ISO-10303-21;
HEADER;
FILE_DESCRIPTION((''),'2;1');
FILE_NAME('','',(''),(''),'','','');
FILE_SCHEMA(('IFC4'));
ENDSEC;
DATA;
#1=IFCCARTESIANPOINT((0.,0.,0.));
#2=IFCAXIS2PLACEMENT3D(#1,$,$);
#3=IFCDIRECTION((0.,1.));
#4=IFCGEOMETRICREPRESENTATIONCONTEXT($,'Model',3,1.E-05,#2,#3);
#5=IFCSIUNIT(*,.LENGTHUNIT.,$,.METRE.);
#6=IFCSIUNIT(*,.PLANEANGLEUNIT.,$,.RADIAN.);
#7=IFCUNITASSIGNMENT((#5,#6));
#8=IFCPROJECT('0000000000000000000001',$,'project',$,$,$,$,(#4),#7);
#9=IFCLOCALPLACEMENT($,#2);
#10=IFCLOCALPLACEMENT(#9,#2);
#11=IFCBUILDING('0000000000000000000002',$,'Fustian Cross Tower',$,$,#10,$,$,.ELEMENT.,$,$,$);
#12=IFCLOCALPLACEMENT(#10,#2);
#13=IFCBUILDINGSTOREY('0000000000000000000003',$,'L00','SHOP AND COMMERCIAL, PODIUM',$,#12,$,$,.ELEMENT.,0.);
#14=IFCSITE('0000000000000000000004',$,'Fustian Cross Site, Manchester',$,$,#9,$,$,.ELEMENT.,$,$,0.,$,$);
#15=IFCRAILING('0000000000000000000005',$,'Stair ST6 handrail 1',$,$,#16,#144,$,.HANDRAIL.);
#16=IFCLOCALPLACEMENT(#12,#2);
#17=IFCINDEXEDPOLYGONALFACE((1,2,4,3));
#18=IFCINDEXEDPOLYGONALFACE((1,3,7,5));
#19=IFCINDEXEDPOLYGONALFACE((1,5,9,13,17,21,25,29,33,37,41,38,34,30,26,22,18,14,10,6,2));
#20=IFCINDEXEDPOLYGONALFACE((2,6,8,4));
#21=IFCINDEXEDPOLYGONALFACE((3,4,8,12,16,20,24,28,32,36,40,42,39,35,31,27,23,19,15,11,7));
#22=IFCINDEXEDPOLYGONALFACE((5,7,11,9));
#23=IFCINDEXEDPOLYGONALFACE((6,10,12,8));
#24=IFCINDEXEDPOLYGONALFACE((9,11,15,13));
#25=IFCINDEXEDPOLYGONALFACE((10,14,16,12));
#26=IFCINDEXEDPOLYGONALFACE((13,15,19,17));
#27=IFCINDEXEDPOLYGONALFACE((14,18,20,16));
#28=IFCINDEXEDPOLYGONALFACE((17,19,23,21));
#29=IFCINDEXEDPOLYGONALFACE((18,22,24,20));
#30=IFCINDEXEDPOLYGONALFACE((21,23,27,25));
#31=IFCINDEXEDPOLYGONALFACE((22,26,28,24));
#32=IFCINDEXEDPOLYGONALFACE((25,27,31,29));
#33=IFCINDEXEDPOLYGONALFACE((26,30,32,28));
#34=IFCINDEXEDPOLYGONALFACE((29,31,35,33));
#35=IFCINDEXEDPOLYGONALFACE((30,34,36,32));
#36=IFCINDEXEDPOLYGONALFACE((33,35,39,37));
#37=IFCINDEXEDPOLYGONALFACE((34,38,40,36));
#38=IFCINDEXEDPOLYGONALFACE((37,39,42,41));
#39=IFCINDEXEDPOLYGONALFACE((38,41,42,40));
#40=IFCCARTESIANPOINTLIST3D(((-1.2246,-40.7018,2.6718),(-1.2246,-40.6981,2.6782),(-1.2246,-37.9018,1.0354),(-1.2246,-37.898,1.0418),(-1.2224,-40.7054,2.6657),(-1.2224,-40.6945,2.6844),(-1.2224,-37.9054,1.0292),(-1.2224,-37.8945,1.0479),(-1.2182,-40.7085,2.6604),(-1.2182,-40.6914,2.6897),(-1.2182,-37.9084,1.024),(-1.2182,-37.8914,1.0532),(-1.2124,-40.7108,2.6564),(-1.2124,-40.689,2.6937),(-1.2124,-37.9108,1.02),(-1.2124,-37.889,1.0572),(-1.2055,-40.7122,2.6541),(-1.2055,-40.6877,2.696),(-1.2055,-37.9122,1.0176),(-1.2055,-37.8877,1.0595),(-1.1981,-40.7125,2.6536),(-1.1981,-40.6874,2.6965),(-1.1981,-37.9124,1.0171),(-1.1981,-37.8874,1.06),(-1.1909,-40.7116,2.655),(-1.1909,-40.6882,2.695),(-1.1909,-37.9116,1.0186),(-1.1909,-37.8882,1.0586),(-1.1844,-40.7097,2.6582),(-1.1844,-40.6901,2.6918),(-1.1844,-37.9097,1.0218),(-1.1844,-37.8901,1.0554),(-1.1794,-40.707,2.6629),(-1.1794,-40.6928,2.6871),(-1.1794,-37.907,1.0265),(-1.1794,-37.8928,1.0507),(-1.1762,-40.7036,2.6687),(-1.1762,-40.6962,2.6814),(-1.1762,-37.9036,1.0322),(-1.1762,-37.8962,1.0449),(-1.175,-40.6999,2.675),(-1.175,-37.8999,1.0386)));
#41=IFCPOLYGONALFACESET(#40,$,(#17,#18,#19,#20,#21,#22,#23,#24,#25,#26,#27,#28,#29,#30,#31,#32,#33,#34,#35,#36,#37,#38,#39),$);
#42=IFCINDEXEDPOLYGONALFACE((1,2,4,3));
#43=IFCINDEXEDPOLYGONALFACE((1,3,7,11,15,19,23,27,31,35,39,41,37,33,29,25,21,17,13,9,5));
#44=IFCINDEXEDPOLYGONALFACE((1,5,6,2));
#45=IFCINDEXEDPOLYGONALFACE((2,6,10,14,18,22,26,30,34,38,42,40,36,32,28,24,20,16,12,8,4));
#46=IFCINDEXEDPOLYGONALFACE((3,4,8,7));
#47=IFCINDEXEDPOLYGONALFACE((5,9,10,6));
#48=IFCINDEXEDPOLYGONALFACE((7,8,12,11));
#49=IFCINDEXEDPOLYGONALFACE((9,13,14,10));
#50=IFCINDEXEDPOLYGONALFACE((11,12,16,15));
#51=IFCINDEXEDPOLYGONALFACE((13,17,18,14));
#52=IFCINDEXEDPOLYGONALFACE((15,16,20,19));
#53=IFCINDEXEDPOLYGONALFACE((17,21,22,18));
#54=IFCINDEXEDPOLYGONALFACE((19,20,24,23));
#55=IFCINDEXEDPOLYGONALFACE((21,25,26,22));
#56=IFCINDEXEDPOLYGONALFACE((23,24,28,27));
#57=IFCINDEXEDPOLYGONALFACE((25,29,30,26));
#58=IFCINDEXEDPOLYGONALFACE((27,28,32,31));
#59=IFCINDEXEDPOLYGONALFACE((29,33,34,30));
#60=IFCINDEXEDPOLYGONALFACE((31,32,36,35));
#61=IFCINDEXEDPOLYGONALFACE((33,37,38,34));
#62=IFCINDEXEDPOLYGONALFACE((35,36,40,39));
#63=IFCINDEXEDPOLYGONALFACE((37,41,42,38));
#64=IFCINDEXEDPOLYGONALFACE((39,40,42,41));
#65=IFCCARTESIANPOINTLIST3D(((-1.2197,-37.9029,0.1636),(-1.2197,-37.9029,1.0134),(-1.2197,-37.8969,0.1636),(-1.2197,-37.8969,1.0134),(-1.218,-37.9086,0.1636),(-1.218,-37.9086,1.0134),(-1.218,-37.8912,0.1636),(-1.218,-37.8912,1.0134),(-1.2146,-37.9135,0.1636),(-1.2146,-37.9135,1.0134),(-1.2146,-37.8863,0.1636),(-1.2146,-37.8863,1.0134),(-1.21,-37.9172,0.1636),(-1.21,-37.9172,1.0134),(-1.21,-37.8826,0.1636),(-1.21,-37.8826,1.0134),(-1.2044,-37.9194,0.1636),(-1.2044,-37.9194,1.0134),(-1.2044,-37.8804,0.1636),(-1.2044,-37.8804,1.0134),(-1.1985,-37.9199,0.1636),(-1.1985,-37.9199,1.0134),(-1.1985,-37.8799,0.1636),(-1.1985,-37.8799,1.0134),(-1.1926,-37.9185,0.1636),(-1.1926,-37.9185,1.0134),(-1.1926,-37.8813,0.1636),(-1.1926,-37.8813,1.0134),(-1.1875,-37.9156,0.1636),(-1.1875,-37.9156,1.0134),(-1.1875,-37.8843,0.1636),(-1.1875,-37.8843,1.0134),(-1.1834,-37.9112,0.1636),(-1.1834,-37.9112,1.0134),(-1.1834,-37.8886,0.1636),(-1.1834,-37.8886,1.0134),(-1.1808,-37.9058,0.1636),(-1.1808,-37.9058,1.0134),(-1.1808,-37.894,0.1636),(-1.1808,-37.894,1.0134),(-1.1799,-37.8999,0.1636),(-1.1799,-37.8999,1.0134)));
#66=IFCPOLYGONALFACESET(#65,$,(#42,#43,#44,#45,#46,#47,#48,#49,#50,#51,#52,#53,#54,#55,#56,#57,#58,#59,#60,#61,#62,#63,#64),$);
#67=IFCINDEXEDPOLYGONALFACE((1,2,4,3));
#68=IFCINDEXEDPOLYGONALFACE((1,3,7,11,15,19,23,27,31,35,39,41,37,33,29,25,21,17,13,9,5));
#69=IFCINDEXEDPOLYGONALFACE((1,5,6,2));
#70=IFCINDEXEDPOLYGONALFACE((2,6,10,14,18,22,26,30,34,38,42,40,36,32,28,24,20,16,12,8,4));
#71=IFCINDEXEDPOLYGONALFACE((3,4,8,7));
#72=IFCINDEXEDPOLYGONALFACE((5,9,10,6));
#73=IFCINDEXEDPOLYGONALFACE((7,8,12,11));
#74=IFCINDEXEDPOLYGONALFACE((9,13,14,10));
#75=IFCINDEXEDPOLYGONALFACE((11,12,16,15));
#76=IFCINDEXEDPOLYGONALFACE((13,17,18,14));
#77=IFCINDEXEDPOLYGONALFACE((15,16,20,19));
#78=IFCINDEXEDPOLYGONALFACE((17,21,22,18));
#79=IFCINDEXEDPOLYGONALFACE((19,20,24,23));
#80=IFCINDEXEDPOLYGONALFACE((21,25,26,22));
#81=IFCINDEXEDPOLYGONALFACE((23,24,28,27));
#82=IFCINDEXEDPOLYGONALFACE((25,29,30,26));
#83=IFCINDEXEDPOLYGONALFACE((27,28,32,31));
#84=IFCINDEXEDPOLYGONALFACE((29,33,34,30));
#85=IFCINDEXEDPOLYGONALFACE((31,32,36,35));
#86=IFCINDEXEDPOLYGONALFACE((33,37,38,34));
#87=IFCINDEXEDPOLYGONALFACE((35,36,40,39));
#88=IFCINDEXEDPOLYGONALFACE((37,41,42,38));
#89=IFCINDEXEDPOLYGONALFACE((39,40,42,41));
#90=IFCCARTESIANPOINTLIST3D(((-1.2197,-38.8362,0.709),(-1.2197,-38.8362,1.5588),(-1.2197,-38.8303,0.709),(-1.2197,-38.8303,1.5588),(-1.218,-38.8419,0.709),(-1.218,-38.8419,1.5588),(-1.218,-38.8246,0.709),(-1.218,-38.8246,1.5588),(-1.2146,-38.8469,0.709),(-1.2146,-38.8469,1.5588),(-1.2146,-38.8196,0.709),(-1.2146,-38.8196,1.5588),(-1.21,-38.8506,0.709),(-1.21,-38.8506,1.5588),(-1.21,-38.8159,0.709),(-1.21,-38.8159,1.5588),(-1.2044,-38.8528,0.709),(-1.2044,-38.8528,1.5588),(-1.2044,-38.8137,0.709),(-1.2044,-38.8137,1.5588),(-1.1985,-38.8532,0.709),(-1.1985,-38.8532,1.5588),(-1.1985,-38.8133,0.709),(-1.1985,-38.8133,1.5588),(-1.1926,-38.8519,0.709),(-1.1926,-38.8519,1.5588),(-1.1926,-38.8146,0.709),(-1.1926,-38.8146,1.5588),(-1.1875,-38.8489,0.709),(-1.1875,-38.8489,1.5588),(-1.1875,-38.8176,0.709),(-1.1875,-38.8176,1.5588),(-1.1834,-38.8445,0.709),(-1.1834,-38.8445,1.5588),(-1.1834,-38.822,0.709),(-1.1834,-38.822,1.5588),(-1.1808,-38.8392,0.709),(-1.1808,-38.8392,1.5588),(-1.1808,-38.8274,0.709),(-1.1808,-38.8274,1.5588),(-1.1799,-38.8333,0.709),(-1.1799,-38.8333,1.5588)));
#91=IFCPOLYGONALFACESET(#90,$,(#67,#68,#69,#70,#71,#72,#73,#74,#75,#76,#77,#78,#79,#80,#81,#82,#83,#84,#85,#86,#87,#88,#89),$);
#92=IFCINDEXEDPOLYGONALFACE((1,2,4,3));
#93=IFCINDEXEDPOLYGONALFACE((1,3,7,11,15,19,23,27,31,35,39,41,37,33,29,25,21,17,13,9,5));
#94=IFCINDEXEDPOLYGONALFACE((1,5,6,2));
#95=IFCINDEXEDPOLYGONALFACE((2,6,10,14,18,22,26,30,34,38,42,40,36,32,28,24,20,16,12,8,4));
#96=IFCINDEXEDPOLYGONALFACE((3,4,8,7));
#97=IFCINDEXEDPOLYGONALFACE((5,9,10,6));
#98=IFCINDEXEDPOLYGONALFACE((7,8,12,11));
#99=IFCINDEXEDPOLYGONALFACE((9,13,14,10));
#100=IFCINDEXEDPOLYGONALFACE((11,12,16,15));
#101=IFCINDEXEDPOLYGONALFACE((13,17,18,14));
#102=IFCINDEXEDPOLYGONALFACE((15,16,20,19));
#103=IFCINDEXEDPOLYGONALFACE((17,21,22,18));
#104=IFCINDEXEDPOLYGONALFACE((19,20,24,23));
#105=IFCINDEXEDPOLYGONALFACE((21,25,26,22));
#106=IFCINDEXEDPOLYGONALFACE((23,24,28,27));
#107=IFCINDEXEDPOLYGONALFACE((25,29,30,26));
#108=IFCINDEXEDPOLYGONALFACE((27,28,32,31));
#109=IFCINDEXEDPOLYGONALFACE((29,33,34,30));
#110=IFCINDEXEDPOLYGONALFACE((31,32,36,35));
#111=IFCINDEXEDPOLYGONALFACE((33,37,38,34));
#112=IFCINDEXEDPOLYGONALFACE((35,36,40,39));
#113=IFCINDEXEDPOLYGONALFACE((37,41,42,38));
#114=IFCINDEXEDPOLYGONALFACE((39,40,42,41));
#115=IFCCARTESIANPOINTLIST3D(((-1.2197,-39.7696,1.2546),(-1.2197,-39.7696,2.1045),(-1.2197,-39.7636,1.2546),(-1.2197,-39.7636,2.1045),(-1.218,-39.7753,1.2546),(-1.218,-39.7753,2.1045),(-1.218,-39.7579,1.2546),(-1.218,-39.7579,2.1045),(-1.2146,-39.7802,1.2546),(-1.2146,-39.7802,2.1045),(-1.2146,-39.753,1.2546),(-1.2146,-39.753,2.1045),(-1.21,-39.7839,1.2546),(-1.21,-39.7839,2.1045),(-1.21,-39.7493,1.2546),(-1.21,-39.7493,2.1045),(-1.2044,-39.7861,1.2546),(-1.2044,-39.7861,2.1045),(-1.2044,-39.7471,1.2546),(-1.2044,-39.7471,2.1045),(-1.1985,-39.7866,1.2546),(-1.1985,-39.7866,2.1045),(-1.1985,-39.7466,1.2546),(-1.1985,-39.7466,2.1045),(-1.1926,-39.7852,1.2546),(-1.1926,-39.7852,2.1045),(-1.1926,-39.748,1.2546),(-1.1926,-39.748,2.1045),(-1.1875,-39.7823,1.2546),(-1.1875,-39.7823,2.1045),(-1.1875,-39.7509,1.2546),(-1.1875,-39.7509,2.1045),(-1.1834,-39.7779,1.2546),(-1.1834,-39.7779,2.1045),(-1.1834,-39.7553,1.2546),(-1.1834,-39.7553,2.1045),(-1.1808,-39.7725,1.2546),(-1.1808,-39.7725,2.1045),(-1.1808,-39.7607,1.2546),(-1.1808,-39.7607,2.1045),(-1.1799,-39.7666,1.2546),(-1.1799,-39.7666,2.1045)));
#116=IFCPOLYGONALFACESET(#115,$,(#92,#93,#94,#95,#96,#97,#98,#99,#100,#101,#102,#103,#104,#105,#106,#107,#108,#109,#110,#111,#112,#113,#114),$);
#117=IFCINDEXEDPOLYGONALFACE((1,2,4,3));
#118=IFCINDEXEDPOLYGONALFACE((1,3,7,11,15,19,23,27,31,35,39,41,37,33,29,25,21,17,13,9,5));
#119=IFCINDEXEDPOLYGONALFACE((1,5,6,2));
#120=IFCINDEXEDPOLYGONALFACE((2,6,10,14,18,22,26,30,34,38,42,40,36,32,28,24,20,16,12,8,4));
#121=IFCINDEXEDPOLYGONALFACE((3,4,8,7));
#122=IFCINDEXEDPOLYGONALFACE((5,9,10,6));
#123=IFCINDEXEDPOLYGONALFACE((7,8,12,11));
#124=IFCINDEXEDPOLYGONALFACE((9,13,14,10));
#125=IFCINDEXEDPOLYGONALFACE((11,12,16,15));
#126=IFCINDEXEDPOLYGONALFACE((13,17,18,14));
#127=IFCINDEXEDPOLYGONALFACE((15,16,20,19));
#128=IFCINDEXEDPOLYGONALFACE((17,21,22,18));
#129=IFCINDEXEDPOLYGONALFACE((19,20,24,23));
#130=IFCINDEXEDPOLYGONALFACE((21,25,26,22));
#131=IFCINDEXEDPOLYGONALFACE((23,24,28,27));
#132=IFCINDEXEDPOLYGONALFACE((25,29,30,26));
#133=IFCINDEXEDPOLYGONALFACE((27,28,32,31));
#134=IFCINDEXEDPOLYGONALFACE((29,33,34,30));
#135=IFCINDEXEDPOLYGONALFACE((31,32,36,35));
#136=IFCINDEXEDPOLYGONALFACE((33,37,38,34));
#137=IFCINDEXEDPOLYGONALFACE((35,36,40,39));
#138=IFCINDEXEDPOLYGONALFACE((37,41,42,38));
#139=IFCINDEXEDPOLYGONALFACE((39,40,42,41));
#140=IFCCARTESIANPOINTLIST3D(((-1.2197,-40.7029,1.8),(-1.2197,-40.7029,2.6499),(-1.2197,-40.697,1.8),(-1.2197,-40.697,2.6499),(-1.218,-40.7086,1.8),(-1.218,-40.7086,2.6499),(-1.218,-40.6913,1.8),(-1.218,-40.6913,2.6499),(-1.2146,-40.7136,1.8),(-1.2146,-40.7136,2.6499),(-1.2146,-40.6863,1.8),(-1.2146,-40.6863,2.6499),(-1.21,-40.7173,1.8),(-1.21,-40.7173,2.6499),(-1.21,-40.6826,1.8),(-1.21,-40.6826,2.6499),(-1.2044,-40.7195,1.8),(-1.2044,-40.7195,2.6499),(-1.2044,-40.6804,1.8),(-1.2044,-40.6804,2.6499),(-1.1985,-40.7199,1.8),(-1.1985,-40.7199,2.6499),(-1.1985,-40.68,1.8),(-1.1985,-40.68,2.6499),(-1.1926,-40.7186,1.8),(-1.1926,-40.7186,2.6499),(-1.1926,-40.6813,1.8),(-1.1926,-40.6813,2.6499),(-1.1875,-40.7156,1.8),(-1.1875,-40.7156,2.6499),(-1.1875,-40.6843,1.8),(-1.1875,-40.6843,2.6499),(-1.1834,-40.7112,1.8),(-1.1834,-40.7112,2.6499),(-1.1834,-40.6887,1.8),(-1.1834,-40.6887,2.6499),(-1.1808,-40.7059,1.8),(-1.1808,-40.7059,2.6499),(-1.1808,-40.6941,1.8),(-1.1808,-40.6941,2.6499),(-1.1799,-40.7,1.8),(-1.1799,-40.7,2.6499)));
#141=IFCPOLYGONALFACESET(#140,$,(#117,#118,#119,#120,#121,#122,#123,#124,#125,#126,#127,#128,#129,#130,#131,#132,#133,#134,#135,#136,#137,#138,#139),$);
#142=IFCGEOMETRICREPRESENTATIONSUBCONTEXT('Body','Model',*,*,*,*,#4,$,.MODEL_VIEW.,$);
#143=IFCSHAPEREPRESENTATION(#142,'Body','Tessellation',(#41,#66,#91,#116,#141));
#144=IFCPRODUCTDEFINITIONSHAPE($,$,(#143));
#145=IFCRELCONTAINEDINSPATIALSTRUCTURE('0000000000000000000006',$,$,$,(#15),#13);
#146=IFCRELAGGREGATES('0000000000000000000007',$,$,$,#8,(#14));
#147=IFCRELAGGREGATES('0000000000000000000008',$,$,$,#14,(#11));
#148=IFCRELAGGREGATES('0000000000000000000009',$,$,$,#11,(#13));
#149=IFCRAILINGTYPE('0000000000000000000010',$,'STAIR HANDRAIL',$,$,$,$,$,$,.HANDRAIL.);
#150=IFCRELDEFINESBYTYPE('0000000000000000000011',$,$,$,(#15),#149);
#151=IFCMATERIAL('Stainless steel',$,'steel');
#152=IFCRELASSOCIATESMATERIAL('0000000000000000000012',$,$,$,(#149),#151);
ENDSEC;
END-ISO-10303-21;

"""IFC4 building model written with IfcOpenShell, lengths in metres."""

from ifc_helpers import new_model, si_unit, direction, frame, origin, origin_2d, place, context, subcontext, project, spatial, circle, extrude, material, type_object, element, save


model = new_model("IFC4")

# Units and contexts
model_context = context("Model", 3, precision=1e-05, world=origin(), true_north=direction((0.0, 1.0)))
body_context = subcontext(model_context, "Body", "Model", "MODEL_VIEW")
ifc_project = project(units=[si_unit("LENGTHUNIT", "METRE"), si_unit("PLANEANGLEUNIT", "RADIAN")], contexts=[model_context])

# Site, building, storey
site_placement = place(None, origin())
site = spatial("IfcSite", under=ifc_project, at=site_placement, Name="Fustian Cross Site, Manchester", CompositionType="ELEMENT", RefElevation=0.0)
building_placement = place(site_placement, origin())
building = spatial("IfcBuilding", under=site, at=building_placement, Name="Fustian Cross Tower", CompositionType="ELEMENT")
storey_placement = place(building_placement, origin())
storey = spatial("IfcBuildingStorey", under=building, at=storey_placement, Name="L00", Description="SHOP AND COMMERCIAL, PODIUM", CompositionType="ELEMENT", Elevation=0.0)

# Railing
ifc_material_1 = material(Name="Stainless steel", Category="steel")
railing_type = type_object("IfcRailingType", Name="STAIR HANDRAIL", PredefinedType="HANDRAIL", material=ifc_material_1)
railing_1_placement = place(storey_placement, frame((-1.2, -37.8999, 0.1636)))
element("IfcRailing", 1, at=railing_1_placement, inside=storey, type_object=railing_type, Name="Stair ST6 handrail 1", PredefinedType="HANDRAIL", context=body_context, shape_type="SweptSolid", body=[
    extrude(circle(Radius=0.0249, at=origin_2d()), frame((0.0, 0.0, 0.875), z_axis=(0.0, -0.863361, 0.504587), x_axis=(1.0, 0.0, 0.0)), (0.0, 0.0, 1.0), 3.2432),
    extrude(circle(Radius=0.02, at=origin_2d()), origin(), (0.0, 0.0, 1.0), 0.8499),
    extrude(circle(Radius=0.02, at=origin_2d()), frame((0.0, -0.9333, 0.5454)), (0.0, 0.0, 1.0), 0.8499),
    extrude(circle(Radius=0.02, at=origin_2d()), frame((0.0, -1.8667, 1.0911)), (0.0, 0.0, 1.0), 0.8499),
    extrude(circle(Radius=0.02, at=origin_2d()), frame((0.0, -2.8, 1.6365)), (0.0, 0.0, 1.0), 0.8499),
])

save(model, "model.ifc")
